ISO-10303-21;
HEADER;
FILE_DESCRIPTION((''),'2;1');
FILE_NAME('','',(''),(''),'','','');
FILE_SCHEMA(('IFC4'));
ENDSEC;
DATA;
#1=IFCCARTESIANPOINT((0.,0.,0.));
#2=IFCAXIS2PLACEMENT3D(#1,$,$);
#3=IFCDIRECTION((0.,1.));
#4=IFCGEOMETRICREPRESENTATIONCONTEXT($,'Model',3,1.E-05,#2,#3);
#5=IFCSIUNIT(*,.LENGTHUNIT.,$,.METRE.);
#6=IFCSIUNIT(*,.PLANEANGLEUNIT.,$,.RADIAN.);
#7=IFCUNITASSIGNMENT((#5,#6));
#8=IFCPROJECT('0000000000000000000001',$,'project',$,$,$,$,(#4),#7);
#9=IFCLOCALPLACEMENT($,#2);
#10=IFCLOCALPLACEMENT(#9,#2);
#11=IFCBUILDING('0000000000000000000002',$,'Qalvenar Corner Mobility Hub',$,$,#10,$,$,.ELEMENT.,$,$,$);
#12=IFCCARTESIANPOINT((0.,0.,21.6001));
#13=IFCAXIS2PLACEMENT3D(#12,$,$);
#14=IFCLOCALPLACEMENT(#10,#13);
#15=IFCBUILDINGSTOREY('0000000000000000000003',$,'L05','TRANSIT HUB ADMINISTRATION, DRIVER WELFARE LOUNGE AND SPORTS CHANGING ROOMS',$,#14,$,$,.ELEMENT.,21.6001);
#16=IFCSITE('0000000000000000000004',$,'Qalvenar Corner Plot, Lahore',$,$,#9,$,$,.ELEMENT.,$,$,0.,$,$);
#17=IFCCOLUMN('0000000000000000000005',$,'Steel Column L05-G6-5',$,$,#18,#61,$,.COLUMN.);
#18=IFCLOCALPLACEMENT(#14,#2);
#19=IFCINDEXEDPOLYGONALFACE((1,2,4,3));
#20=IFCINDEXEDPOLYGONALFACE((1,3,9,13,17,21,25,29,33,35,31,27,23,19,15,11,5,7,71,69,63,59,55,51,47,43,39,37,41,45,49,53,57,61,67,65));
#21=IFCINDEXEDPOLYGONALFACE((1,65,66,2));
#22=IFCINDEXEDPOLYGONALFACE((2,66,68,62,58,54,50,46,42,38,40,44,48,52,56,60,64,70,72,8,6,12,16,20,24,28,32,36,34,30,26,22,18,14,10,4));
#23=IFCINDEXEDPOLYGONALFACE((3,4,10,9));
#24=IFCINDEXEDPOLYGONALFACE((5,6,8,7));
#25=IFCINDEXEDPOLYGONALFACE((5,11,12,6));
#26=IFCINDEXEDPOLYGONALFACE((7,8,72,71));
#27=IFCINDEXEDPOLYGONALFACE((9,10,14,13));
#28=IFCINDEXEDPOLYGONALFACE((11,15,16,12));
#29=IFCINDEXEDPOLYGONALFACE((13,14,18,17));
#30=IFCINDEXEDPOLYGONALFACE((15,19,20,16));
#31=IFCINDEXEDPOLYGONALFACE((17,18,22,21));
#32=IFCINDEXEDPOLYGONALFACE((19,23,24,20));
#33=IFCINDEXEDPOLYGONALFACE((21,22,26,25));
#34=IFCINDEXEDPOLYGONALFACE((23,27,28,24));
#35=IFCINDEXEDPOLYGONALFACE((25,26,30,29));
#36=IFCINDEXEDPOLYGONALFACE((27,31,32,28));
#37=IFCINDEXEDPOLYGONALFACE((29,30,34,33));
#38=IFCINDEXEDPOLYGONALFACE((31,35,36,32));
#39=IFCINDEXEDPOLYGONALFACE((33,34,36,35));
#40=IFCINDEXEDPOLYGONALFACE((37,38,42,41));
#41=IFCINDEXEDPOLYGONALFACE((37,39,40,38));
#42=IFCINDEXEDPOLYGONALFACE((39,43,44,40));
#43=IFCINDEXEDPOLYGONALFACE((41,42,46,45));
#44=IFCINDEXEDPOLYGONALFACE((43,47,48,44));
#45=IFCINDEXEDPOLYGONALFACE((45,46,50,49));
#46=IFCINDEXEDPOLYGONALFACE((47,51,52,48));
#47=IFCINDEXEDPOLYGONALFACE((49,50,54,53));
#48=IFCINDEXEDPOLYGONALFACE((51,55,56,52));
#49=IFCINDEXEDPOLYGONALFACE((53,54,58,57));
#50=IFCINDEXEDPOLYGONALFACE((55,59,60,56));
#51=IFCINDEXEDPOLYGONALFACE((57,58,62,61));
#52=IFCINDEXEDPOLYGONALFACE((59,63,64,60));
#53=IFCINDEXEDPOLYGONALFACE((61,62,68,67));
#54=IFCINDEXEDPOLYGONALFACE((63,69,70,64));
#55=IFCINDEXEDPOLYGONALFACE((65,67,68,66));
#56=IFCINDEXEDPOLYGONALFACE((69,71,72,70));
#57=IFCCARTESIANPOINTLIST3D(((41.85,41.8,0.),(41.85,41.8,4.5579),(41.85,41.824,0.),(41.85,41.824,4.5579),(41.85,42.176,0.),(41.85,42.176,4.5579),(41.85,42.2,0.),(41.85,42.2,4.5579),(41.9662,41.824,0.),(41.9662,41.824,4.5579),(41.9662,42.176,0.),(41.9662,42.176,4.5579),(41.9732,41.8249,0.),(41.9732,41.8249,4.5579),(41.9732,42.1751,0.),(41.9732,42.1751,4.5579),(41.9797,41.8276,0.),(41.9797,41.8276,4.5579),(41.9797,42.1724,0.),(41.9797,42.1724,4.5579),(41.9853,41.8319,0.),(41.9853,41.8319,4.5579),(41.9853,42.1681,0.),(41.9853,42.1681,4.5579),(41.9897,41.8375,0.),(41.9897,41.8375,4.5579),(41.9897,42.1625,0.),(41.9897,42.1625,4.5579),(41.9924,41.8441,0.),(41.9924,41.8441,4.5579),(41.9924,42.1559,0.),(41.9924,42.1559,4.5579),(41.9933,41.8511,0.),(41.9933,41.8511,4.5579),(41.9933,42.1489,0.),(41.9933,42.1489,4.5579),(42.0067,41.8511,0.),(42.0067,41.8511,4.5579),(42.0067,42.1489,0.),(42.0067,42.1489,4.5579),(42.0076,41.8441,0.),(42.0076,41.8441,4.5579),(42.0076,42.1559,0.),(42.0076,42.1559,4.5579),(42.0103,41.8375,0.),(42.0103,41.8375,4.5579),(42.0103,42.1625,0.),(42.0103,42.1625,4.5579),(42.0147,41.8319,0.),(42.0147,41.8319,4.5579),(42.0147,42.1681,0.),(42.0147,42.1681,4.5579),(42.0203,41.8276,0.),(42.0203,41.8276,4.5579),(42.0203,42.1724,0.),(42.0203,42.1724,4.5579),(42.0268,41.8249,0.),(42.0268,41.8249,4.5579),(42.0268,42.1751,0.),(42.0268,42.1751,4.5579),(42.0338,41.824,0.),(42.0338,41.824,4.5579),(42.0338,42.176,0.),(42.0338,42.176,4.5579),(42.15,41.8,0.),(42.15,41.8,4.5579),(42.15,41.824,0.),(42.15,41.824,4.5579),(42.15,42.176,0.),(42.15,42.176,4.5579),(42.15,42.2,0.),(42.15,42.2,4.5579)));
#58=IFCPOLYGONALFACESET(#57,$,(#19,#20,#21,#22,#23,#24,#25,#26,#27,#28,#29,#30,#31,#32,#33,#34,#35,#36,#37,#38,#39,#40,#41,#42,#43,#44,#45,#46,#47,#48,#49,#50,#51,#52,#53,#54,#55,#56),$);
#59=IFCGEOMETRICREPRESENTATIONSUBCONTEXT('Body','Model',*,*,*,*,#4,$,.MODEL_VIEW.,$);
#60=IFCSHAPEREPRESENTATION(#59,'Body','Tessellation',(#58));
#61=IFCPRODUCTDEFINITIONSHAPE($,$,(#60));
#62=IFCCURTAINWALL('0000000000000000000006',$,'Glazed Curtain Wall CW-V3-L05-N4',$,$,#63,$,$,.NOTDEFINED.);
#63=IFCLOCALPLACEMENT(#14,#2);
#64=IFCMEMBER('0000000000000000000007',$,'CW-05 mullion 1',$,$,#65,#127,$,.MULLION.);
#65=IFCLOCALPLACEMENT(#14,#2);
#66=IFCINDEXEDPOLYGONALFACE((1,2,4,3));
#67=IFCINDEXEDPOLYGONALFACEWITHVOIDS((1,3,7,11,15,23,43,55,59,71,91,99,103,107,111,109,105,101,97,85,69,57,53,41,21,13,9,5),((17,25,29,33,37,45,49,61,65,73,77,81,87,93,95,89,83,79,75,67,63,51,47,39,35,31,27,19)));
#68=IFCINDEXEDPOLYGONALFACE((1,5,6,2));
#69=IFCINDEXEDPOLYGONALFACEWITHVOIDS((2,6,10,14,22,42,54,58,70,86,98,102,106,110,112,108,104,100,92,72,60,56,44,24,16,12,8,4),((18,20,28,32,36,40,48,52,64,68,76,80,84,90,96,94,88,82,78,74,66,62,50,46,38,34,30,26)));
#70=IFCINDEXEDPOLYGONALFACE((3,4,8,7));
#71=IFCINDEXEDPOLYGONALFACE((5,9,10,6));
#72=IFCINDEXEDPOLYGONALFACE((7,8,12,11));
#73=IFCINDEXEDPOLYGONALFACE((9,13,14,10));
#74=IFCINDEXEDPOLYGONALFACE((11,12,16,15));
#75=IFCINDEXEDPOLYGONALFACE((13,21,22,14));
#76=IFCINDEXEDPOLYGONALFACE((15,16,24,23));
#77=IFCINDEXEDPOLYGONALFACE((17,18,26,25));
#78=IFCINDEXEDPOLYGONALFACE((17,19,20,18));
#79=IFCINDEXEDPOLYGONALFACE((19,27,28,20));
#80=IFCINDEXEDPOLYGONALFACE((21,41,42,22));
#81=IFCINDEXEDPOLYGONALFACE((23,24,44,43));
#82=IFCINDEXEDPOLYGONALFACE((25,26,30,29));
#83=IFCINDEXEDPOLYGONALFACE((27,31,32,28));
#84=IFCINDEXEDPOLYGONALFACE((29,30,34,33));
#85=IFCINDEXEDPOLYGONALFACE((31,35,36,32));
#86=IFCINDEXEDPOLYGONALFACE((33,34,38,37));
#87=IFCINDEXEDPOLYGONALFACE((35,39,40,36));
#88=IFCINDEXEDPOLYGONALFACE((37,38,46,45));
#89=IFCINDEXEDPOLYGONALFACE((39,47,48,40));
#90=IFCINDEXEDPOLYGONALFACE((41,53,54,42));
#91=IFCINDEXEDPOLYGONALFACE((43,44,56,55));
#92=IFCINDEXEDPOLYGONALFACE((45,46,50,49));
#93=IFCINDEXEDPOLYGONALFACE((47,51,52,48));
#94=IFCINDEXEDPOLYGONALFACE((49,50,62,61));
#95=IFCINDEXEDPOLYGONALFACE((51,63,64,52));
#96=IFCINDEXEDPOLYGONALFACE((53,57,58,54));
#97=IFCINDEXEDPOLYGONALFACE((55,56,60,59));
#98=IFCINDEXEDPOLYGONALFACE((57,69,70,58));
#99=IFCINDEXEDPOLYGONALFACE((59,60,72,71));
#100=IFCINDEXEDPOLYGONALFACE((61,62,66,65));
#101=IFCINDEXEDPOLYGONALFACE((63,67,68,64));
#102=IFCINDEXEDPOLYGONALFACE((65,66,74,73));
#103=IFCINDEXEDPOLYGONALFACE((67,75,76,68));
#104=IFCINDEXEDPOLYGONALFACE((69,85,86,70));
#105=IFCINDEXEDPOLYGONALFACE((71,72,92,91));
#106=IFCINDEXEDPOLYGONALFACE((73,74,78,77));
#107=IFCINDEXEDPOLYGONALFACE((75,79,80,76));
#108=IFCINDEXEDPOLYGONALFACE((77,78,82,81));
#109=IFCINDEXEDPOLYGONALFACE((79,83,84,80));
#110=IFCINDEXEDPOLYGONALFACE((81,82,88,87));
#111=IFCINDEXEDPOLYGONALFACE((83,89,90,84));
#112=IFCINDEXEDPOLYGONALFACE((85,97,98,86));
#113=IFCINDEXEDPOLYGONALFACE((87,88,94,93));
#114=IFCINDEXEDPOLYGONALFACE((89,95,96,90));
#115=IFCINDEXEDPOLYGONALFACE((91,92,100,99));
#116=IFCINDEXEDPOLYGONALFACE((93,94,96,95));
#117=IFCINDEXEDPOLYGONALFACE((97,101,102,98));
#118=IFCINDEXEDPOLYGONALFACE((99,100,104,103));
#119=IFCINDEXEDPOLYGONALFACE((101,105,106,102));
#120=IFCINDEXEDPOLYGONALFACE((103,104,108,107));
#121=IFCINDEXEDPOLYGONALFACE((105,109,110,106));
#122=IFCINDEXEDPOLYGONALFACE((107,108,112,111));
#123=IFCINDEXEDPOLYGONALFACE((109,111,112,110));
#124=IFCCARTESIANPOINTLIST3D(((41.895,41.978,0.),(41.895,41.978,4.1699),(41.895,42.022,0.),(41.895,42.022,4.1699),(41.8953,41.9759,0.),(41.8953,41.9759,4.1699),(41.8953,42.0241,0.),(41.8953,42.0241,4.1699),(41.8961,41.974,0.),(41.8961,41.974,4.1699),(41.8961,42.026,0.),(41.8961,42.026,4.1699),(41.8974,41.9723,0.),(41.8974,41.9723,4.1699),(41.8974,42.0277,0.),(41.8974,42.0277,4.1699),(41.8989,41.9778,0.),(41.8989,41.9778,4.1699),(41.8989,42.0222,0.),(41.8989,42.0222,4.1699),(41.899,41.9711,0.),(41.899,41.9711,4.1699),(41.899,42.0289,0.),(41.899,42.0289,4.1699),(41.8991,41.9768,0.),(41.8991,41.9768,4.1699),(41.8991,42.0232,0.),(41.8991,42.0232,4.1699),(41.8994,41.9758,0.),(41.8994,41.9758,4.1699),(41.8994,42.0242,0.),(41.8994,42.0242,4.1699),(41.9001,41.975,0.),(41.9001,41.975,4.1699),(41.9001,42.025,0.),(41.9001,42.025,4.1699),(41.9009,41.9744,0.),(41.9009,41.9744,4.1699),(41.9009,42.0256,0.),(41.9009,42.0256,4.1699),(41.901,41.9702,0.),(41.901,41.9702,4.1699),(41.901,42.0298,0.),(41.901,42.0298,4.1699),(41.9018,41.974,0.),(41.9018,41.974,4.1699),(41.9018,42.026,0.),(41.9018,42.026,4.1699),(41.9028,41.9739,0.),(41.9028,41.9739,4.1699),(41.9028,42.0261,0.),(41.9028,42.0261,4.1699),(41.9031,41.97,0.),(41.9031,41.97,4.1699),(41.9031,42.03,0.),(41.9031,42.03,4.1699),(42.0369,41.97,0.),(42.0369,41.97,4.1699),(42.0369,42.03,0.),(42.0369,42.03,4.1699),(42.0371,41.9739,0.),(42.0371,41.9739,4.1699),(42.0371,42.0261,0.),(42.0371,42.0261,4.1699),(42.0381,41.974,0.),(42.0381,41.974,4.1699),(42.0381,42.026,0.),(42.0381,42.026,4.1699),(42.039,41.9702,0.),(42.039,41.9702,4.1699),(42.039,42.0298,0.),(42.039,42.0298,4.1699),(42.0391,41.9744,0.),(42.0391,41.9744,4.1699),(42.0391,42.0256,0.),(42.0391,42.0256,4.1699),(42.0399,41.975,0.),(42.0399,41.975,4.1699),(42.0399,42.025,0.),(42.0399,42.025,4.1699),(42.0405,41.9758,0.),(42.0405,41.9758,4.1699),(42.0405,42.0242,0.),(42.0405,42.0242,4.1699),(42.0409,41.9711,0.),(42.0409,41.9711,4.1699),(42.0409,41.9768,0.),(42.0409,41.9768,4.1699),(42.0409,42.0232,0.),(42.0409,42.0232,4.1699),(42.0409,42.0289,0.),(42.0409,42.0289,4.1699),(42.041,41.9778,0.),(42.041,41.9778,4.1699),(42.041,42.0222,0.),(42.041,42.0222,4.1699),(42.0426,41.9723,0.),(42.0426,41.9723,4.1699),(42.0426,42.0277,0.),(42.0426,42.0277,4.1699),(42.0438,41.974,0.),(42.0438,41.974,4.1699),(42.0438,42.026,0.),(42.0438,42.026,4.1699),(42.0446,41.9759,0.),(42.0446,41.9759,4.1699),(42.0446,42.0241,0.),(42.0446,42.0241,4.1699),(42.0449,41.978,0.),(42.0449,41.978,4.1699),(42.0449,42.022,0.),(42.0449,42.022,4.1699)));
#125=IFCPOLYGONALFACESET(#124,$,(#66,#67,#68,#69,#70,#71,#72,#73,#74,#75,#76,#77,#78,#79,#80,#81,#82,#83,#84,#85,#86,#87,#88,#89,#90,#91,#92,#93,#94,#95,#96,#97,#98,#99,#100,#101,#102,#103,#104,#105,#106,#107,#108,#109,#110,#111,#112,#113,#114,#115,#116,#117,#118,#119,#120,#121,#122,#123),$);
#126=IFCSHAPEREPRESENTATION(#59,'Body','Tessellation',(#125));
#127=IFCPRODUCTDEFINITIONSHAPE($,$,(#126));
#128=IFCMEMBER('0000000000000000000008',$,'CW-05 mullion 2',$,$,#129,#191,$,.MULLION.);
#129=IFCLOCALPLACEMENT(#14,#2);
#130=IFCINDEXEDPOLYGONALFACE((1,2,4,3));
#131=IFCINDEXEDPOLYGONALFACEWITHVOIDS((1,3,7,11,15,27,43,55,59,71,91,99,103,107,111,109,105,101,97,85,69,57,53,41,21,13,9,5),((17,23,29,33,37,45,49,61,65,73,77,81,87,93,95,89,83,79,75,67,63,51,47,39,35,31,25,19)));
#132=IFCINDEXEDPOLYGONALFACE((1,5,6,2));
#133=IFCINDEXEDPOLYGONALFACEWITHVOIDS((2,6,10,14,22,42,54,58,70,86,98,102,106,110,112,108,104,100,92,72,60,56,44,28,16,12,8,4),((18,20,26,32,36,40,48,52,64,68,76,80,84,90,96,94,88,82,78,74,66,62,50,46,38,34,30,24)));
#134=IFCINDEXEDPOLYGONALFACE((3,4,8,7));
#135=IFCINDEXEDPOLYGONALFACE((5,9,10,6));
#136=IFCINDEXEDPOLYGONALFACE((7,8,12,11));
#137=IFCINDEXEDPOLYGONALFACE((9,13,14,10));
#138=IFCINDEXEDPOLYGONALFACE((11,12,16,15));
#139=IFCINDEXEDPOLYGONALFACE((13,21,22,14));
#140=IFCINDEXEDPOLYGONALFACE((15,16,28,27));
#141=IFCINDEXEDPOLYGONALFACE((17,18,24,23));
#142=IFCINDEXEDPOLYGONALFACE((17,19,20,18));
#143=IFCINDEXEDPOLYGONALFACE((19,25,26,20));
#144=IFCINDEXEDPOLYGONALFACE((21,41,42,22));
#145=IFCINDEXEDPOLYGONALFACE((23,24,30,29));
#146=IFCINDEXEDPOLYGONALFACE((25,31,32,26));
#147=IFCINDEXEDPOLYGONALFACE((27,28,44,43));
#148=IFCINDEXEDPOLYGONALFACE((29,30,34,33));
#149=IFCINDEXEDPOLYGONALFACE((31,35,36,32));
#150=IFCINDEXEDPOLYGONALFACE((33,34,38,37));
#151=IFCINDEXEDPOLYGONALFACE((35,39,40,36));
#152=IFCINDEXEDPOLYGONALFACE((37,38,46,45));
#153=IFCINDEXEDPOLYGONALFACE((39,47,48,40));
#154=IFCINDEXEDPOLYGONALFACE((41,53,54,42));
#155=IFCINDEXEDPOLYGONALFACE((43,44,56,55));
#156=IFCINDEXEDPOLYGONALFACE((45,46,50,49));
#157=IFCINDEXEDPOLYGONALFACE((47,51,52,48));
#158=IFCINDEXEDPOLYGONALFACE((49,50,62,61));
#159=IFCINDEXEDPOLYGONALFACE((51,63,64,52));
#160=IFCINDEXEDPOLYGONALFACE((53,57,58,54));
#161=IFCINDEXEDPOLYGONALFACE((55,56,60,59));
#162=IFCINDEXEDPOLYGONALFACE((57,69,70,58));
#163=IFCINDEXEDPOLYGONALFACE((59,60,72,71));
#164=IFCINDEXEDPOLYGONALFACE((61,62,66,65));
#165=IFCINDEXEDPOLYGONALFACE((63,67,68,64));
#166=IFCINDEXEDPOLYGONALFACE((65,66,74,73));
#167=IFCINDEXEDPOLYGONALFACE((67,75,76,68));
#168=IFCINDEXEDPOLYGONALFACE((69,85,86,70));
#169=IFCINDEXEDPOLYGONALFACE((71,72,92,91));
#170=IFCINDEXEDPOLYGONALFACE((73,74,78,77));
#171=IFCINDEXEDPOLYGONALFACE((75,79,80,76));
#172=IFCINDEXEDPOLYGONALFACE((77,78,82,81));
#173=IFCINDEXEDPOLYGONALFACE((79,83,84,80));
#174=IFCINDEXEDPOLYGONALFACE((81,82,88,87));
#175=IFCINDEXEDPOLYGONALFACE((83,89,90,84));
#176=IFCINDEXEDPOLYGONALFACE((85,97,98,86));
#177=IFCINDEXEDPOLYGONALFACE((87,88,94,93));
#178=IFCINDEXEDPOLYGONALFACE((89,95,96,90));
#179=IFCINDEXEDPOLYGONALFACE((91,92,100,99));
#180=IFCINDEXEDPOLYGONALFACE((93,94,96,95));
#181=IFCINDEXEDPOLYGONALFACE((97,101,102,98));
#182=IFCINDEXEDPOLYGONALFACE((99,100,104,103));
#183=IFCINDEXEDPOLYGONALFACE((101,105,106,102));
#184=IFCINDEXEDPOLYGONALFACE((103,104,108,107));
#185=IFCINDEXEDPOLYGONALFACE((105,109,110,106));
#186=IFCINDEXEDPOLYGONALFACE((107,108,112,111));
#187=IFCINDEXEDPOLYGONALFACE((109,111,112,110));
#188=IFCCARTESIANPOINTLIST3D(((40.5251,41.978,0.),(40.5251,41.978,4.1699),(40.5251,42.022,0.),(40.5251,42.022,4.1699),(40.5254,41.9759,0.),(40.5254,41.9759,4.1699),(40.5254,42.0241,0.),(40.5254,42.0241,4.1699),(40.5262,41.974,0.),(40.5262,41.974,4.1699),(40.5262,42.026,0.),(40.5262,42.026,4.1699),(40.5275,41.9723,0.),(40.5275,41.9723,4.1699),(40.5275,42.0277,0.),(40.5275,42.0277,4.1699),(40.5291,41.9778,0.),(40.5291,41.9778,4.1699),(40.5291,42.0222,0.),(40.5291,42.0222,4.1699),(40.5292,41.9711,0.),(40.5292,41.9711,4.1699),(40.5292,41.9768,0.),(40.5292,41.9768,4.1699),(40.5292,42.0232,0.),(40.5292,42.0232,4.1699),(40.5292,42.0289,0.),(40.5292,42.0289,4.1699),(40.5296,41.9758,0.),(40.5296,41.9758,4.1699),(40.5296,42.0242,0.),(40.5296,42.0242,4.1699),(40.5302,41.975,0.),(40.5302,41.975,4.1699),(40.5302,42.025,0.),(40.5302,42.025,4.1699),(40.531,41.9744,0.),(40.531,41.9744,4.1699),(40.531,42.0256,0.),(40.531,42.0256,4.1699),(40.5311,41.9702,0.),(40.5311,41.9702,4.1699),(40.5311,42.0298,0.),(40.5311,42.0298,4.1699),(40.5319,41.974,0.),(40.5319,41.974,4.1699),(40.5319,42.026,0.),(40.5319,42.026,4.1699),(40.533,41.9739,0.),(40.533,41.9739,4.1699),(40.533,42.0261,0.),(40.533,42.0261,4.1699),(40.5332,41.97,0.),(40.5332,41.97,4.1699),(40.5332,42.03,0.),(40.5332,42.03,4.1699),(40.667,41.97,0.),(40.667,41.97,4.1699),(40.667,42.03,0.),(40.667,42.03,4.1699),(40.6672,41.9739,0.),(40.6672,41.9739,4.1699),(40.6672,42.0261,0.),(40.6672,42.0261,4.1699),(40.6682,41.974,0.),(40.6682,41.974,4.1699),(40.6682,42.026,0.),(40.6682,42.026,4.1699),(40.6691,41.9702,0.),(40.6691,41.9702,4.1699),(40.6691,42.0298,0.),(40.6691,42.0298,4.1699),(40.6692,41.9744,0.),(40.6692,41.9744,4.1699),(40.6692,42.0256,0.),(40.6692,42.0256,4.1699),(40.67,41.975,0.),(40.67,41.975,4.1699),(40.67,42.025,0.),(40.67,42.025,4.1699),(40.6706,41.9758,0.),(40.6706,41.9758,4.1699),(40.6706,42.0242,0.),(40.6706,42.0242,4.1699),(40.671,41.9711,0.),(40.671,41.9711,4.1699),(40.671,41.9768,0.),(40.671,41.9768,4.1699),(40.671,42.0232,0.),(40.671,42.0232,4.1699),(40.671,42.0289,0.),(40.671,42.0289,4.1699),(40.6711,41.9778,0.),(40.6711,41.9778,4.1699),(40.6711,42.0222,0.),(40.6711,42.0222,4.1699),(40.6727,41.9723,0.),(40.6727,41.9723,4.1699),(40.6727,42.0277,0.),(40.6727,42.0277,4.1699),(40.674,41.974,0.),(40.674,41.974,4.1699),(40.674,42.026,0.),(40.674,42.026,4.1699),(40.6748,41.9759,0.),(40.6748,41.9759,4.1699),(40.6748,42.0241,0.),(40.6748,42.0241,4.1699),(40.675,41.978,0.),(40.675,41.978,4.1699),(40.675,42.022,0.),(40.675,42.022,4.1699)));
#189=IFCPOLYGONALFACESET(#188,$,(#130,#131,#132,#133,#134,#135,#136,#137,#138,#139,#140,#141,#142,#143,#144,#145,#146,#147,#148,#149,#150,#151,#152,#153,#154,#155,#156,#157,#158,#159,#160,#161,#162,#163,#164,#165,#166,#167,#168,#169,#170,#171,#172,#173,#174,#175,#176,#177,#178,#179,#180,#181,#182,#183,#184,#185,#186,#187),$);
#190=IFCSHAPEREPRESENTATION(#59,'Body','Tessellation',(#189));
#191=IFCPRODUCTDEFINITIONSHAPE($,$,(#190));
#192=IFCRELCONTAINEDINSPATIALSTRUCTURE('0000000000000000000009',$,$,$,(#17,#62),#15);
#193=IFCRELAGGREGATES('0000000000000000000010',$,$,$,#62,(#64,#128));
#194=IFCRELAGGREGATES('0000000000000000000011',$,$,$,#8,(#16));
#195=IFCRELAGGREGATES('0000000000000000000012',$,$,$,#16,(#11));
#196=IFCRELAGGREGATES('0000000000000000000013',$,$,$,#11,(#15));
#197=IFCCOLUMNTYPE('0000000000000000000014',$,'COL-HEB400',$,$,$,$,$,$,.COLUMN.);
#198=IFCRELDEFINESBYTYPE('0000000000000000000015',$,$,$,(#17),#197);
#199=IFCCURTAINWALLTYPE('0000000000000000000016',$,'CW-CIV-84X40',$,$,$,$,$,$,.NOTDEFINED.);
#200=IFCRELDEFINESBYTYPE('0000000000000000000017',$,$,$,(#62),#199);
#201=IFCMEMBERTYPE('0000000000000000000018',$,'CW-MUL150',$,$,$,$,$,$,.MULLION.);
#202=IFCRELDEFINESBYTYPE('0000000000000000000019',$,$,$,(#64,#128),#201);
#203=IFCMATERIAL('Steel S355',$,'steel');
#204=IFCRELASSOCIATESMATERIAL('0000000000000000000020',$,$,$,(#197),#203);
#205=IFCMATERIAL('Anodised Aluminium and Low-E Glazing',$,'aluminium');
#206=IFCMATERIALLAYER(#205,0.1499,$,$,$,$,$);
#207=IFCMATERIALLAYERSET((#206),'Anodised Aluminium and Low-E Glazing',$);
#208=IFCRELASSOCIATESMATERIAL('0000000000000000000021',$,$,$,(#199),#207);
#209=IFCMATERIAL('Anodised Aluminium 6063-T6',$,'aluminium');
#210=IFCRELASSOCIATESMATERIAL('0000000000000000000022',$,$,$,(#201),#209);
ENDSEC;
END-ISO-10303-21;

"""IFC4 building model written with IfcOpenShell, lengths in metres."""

from ifc_helpers import new_model, si_unit, direction, frame, origin, origin_2d, place, context, subcontext, project, spatial, hollow_rectangle, i_section, extrude, material, layer, layer_set, material_profile, profile_set, type_object, element, aggregate, save


model = new_model("IFC4")

# Units and contexts
model_context = context("Model", 3, precision=1e-05, world=origin(), true_north=direction((0.0, 1.0)))
body_context = subcontext(model_context, "Body", "Model", "MODEL_VIEW")
ifc_project = project(units=[si_unit("LENGTHUNIT", "METRE"), si_unit("PLANEANGLEUNIT", "RADIAN")], contexts=[model_context])

# Site, building, storey
site_placement = place(None, origin())
site = spatial("IfcSite", under=ifc_project, at=site_placement, Name="Qalvenar Corner Plot, Lahore", CompositionType="ELEMENT", RefElevation=0.0)
building_placement = place(site_placement, origin())
building = spatial("IfcBuilding", under=site, at=building_placement, Name="Qalvenar Corner Mobility Hub", CompositionType="ELEMENT")
storey_placement = place(building_placement, frame((0.0, 0.0, 21.6001)))
storey = spatial("IfcBuildingStorey", under=building, at=storey_placement, Name="L05", Description="TRANSIT HUB ADMINISTRATION, DRIVER WELFARE LOUNGE AND SPORTS CHANGING ROOMS", CompositionType="ELEMENT", Elevation=21.6001)

# Column
ifc_material_1 = material(Name="Steel S355", Category="steel")
ifc_material_profile_1 = material_profile(ifc_material_1, i_section(OverallWidth=0.3, OverallDepth=0.3999, WebThickness=0.0134, FlangeThickness=0.0239, FilletRadius=0.0271, at=origin_2d()), Name="HEB400")
ifc_profile_set_1 = profile_set([ifc_material_profile_1], Name="Steel S355")
column_type = type_object("IfcColumnType", Name="COL-HEB400", PredefinedType="COLUMN", material=ifc_profile_set_1)
column_placement = place(storey_placement, frame((42.0, 42.0, 0.0), z_axis=(0.0, 0.0, 1.0), x_axis=(1.0, 0.0, 0.0)))
element("IfcColumn", 1, at=column_placement, inside=storey, type_object=column_type, Name="Steel Column L05-G6-5", PredefinedType="COLUMN", context=body_context, shape_type="SweptSolid", body=[
    extrude(i_section(OverallWidth=0.3, OverallDepth=0.3999, WebThickness=0.0134, FlangeThickness=0.0239, FilletRadius=0.0271, at=origin_2d()), origin(), (0.0, 0.0, 1.0), 4.5579),
])

# Curtain wall, members
ifc_material_2 = material(Name="Anodised Aluminium and Low-E Glazing", Category="aluminium")
ifc_layer_1 = layer(ifc_material_2, 0.1499)
ifc_layer_set_1 = layer_set([ifc_layer_1], Name="Anodised Aluminium and Low-E Glazing")
curtain_wall_type = type_object("IfcCurtainWallType", Name="CW-CIV-84X40", PredefinedType="NOTDEFINED", material=ifc_layer_set_1)
curtain_wall_placement = place(storey_placement, origin())
curtain_wall = element("IfcCurtainWall", 2, at=curtain_wall_placement, inside=storey, type_object=curtain_wall_type, Name="Glazed Curtain Wall CW-V3-L05-N4", PredefinedType="NOTDEFINED")
ifc_material_3 = material(Name="Anodised Aluminium 6063-T6", Category="aluminium")
ifc_material_profile_2 = material_profile(ifc_material_3, hollow_rectangle(XDim=0.0601, YDim=0.1499, WallThickness=0.0039, InnerFilletRadius=0.0039, OuterFilletRadius=0.0081, at=origin_2d()), Name="RHS150x60x4")
ifc_profile_set_2 = profile_set([ifc_material_profile_2], Name="Anodised Aluminium 6063-T6")
member_type_1 = type_object("IfcMemberType", Name="CW-MUL150", PredefinedType="MULLION", material=ifc_profile_set_2)
member_1_placement = place(storey_placement, frame((41.97, 42.0, 0.0), z_axis=(0.0, 0.0, 1.0), x_axis=(0.0, -1.0, 0.0)))
member_1 = element("IfcMember", 3, at=member_1_placement, type_object=member_type_1, Name="CW-05 mullion 1", PredefinedType="MULLION", context=body_context, shape_type="SweptSolid", body=[
    extrude(hollow_rectangle(XDim=0.0601, YDim=0.1499, WallThickness=0.0039, InnerFilletRadius=0.0039, OuterFilletRadius=0.0081, at=origin_2d()), origin(), (0.0, 0.0, 1.0), 4.1699),
])
member_2_placement = place(storey_placement, frame((40.6001, 42.0, 0.0), z_axis=(0.0, 0.0, 1.0), x_axis=(0.0, -1.0, 0.0)))
member_2 = element("IfcMember", 4, at=member_2_placement, type_object=member_type_1, Name="CW-05 mullion 2", PredefinedType="MULLION", context=body_context, shape_type="SweptSolid", body=[
    extrude(hollow_rectangle(XDim=0.0601, YDim=0.1499, WallThickness=0.0039, InnerFilletRadius=0.0039, OuterFilletRadius=0.0081, at=origin_2d()), origin(), (0.0, 0.0, 1.0), 4.1699),
])
aggregate(curtain_wall, [member_1, member_2])

save(model, "model.ifc")
